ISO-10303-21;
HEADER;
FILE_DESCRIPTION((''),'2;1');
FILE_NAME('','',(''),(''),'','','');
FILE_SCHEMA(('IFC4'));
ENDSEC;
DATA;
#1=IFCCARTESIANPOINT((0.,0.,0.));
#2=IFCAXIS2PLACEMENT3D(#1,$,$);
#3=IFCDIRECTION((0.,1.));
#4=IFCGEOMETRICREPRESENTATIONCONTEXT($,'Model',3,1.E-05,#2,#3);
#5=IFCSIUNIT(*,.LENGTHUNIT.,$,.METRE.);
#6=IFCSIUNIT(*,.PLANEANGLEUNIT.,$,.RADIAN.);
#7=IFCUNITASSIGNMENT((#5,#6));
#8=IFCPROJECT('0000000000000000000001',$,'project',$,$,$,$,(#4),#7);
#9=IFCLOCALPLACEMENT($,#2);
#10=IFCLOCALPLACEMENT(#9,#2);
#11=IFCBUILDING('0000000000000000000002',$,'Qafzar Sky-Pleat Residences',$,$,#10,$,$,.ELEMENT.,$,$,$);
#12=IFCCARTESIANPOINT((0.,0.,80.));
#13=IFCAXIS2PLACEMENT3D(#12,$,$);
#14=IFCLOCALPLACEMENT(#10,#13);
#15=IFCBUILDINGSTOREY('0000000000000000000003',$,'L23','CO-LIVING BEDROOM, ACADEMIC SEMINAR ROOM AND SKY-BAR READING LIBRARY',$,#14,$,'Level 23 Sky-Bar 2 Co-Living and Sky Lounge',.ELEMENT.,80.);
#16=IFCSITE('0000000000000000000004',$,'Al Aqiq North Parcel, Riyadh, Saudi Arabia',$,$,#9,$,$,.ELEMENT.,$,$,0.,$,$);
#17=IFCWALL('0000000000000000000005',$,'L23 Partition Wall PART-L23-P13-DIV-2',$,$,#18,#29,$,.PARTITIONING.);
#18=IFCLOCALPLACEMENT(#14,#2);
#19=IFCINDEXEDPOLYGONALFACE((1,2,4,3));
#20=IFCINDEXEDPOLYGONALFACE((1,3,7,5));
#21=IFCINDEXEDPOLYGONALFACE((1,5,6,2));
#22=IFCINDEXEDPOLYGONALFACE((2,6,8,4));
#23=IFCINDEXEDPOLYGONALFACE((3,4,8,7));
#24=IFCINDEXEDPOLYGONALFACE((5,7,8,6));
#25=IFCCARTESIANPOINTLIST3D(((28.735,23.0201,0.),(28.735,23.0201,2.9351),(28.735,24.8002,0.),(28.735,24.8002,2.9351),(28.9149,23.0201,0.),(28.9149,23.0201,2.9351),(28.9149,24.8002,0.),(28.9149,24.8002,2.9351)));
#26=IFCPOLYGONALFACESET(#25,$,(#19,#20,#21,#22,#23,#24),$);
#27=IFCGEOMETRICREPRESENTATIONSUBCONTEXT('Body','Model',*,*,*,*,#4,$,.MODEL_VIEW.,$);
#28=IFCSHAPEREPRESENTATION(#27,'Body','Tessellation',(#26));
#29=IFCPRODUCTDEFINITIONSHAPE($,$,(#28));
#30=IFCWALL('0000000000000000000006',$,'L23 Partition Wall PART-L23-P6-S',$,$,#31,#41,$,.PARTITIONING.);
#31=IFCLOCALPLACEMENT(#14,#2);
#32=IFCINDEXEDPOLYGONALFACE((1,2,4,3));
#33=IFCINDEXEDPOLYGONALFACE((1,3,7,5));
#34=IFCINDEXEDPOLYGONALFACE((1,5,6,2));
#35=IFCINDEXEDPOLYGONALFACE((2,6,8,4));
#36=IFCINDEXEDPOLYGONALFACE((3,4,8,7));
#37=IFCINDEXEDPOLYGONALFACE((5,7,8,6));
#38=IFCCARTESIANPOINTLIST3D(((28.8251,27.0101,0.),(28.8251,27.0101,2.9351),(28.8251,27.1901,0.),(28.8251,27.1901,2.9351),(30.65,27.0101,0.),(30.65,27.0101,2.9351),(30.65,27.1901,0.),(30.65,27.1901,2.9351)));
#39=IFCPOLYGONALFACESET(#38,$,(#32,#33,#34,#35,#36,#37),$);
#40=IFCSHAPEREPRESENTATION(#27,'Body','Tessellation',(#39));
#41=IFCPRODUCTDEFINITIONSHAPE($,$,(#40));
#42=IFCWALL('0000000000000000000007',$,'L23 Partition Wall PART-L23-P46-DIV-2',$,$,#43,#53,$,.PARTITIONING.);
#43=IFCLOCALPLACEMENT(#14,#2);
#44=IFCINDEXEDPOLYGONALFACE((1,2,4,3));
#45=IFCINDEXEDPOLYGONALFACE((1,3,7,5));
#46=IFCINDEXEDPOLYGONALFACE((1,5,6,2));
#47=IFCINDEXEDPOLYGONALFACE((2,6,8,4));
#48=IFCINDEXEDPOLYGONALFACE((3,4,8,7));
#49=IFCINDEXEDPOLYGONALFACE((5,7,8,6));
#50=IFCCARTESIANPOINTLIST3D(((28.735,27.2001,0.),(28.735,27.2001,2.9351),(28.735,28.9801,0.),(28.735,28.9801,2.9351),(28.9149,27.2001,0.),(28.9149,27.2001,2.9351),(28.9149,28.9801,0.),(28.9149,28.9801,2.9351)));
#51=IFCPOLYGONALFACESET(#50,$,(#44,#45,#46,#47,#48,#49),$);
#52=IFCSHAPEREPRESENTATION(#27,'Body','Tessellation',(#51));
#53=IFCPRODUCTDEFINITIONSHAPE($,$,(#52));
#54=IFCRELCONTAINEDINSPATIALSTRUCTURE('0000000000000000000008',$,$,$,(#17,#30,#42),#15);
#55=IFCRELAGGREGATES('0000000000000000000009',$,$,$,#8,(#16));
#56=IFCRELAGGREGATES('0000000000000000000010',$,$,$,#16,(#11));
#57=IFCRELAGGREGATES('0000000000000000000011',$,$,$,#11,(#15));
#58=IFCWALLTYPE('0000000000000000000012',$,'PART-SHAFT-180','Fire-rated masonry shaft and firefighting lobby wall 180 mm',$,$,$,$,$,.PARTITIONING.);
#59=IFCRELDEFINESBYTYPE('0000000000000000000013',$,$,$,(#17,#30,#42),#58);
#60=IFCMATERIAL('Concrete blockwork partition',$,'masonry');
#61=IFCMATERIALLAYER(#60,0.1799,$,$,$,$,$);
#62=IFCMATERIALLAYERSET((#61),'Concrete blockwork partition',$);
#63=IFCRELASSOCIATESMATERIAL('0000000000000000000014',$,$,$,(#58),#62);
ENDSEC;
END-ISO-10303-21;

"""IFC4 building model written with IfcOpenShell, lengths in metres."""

from ifc_helpers import new_model, si_unit, direction, frame, frame_2d, origin, place, context, subcontext, project, spatial, rectangle, extrude, material, layer, layer_set, type_object, element, save


model = new_model("IFC4")

# Units and contexts
model_context = context("Model", 3, precision=1e-05, world=origin(), true_north=direction((0.0, 1.0)))
body_context = subcontext(model_context, "Body", "Model", "MODEL_VIEW")
ifc_project = project(units=[si_unit("LENGTHUNIT", "METRE"), si_unit("PLANEANGLEUNIT", "RADIAN")], contexts=[model_context])

# Site, building, storey
site_placement = place(None, origin())
site = spatial("IfcSite", under=ifc_project, at=site_placement, Name="Al Aqiq North Parcel, Riyadh, Saudi Arabia", CompositionType="ELEMENT", RefElevation=0.0)
building_placement = place(site_placement, origin())
building = spatial("IfcBuilding", under=site, at=building_placement, Name="Qafzar Sky-Pleat Residences", CompositionType="ELEMENT")
storey_placement = place(building_placement, frame((0.0, 0.0, 80.0)))
storey = spatial("IfcBuildingStorey", under=building, at=storey_placement, Name="L23", Description="CO-LIVING BEDROOM, ACADEMIC SEMINAR ROOM AND SKY-BAR READING LIBRARY", LongName="Level 23 Sky-Bar 2 Co-Living and Sky Lounge", CompositionType="ELEMENT", Elevation=80.0)

# Shared definitions
ifc_material_1 = material(Name="Concrete blockwork partition", Category="masonry")
ifc_layer_1 = layer(ifc_material_1, 0.1799)
ifc_layer_set_1 = layer_set([ifc_layer_1], Name="Concrete blockwork partition")
wall_type_1 = type_object("IfcWallType", Name="PART-SHAFT-180", Description="Fire-rated masonry shaft and firefighting lobby wall 180 mm", PredefinedType="PARTITIONING", material=ifc_layer_set_1)

# Walls
wall_1_placement = place(storey_placement, frame((28.825, 23.02, 0.0), z_axis=(0.0, 0.0, 1.0), x_axis=(0.0, 1.0, 0.0)))
element("IfcWall", 1, at=wall_1_placement, inside=storey, type_object=wall_type_1, Name="L23 Partition Wall PART-L23-P13-DIV-2", PredefinedType="PARTITIONING", context=body_context, shape_type="SweptSolid", body=[
    extrude(rectangle(XDim=1.78, YDim=0.1799, at=frame_2d((0.8901, 0.0))), origin(), (0.0, 0.0, 1.0), 2.9351),
])
wall_2_placement = place(storey_placement, frame((28.825, 27.1001, 0.0), z_axis=(0.0, 0.0, 1.0), x_axis=(1.0, 0.0, 0.0)))
element("IfcWall", 2, at=wall_2_placement, inside=storey, type_object=wall_type_1, Name="L23 Partition Wall PART-L23-P6-S", PredefinedType="PARTITIONING", context=body_context, shape_type="SweptSolid", body=[
    extrude(rectangle(XDim=1.825, YDim=0.1799, at=frame_2d((0.9126, 0.0))), origin(), (0.0, 0.0, 1.0), 2.9351),
])
wall_3_placement = place(storey_placement, frame((28.825, 27.2, 0.0), z_axis=(0.0, 0.0, 1.0), x_axis=(0.0, 1.0, 0.0)))
element("IfcWall", 3, at=wall_3_placement, inside=storey, type_object=wall_type_1, Name="L23 Partition Wall PART-L23-P46-DIV-2", PredefinedType="PARTITIONING", context=body_context, shape_type="SweptSolid", body=[
    extrude(rectangle(XDim=1.78, YDim=0.1799, at=frame_2d((0.8901, 0.0))), origin(), (0.0, 0.0, 1.0), 2.9351),
])

save(model, "model.ifc")
